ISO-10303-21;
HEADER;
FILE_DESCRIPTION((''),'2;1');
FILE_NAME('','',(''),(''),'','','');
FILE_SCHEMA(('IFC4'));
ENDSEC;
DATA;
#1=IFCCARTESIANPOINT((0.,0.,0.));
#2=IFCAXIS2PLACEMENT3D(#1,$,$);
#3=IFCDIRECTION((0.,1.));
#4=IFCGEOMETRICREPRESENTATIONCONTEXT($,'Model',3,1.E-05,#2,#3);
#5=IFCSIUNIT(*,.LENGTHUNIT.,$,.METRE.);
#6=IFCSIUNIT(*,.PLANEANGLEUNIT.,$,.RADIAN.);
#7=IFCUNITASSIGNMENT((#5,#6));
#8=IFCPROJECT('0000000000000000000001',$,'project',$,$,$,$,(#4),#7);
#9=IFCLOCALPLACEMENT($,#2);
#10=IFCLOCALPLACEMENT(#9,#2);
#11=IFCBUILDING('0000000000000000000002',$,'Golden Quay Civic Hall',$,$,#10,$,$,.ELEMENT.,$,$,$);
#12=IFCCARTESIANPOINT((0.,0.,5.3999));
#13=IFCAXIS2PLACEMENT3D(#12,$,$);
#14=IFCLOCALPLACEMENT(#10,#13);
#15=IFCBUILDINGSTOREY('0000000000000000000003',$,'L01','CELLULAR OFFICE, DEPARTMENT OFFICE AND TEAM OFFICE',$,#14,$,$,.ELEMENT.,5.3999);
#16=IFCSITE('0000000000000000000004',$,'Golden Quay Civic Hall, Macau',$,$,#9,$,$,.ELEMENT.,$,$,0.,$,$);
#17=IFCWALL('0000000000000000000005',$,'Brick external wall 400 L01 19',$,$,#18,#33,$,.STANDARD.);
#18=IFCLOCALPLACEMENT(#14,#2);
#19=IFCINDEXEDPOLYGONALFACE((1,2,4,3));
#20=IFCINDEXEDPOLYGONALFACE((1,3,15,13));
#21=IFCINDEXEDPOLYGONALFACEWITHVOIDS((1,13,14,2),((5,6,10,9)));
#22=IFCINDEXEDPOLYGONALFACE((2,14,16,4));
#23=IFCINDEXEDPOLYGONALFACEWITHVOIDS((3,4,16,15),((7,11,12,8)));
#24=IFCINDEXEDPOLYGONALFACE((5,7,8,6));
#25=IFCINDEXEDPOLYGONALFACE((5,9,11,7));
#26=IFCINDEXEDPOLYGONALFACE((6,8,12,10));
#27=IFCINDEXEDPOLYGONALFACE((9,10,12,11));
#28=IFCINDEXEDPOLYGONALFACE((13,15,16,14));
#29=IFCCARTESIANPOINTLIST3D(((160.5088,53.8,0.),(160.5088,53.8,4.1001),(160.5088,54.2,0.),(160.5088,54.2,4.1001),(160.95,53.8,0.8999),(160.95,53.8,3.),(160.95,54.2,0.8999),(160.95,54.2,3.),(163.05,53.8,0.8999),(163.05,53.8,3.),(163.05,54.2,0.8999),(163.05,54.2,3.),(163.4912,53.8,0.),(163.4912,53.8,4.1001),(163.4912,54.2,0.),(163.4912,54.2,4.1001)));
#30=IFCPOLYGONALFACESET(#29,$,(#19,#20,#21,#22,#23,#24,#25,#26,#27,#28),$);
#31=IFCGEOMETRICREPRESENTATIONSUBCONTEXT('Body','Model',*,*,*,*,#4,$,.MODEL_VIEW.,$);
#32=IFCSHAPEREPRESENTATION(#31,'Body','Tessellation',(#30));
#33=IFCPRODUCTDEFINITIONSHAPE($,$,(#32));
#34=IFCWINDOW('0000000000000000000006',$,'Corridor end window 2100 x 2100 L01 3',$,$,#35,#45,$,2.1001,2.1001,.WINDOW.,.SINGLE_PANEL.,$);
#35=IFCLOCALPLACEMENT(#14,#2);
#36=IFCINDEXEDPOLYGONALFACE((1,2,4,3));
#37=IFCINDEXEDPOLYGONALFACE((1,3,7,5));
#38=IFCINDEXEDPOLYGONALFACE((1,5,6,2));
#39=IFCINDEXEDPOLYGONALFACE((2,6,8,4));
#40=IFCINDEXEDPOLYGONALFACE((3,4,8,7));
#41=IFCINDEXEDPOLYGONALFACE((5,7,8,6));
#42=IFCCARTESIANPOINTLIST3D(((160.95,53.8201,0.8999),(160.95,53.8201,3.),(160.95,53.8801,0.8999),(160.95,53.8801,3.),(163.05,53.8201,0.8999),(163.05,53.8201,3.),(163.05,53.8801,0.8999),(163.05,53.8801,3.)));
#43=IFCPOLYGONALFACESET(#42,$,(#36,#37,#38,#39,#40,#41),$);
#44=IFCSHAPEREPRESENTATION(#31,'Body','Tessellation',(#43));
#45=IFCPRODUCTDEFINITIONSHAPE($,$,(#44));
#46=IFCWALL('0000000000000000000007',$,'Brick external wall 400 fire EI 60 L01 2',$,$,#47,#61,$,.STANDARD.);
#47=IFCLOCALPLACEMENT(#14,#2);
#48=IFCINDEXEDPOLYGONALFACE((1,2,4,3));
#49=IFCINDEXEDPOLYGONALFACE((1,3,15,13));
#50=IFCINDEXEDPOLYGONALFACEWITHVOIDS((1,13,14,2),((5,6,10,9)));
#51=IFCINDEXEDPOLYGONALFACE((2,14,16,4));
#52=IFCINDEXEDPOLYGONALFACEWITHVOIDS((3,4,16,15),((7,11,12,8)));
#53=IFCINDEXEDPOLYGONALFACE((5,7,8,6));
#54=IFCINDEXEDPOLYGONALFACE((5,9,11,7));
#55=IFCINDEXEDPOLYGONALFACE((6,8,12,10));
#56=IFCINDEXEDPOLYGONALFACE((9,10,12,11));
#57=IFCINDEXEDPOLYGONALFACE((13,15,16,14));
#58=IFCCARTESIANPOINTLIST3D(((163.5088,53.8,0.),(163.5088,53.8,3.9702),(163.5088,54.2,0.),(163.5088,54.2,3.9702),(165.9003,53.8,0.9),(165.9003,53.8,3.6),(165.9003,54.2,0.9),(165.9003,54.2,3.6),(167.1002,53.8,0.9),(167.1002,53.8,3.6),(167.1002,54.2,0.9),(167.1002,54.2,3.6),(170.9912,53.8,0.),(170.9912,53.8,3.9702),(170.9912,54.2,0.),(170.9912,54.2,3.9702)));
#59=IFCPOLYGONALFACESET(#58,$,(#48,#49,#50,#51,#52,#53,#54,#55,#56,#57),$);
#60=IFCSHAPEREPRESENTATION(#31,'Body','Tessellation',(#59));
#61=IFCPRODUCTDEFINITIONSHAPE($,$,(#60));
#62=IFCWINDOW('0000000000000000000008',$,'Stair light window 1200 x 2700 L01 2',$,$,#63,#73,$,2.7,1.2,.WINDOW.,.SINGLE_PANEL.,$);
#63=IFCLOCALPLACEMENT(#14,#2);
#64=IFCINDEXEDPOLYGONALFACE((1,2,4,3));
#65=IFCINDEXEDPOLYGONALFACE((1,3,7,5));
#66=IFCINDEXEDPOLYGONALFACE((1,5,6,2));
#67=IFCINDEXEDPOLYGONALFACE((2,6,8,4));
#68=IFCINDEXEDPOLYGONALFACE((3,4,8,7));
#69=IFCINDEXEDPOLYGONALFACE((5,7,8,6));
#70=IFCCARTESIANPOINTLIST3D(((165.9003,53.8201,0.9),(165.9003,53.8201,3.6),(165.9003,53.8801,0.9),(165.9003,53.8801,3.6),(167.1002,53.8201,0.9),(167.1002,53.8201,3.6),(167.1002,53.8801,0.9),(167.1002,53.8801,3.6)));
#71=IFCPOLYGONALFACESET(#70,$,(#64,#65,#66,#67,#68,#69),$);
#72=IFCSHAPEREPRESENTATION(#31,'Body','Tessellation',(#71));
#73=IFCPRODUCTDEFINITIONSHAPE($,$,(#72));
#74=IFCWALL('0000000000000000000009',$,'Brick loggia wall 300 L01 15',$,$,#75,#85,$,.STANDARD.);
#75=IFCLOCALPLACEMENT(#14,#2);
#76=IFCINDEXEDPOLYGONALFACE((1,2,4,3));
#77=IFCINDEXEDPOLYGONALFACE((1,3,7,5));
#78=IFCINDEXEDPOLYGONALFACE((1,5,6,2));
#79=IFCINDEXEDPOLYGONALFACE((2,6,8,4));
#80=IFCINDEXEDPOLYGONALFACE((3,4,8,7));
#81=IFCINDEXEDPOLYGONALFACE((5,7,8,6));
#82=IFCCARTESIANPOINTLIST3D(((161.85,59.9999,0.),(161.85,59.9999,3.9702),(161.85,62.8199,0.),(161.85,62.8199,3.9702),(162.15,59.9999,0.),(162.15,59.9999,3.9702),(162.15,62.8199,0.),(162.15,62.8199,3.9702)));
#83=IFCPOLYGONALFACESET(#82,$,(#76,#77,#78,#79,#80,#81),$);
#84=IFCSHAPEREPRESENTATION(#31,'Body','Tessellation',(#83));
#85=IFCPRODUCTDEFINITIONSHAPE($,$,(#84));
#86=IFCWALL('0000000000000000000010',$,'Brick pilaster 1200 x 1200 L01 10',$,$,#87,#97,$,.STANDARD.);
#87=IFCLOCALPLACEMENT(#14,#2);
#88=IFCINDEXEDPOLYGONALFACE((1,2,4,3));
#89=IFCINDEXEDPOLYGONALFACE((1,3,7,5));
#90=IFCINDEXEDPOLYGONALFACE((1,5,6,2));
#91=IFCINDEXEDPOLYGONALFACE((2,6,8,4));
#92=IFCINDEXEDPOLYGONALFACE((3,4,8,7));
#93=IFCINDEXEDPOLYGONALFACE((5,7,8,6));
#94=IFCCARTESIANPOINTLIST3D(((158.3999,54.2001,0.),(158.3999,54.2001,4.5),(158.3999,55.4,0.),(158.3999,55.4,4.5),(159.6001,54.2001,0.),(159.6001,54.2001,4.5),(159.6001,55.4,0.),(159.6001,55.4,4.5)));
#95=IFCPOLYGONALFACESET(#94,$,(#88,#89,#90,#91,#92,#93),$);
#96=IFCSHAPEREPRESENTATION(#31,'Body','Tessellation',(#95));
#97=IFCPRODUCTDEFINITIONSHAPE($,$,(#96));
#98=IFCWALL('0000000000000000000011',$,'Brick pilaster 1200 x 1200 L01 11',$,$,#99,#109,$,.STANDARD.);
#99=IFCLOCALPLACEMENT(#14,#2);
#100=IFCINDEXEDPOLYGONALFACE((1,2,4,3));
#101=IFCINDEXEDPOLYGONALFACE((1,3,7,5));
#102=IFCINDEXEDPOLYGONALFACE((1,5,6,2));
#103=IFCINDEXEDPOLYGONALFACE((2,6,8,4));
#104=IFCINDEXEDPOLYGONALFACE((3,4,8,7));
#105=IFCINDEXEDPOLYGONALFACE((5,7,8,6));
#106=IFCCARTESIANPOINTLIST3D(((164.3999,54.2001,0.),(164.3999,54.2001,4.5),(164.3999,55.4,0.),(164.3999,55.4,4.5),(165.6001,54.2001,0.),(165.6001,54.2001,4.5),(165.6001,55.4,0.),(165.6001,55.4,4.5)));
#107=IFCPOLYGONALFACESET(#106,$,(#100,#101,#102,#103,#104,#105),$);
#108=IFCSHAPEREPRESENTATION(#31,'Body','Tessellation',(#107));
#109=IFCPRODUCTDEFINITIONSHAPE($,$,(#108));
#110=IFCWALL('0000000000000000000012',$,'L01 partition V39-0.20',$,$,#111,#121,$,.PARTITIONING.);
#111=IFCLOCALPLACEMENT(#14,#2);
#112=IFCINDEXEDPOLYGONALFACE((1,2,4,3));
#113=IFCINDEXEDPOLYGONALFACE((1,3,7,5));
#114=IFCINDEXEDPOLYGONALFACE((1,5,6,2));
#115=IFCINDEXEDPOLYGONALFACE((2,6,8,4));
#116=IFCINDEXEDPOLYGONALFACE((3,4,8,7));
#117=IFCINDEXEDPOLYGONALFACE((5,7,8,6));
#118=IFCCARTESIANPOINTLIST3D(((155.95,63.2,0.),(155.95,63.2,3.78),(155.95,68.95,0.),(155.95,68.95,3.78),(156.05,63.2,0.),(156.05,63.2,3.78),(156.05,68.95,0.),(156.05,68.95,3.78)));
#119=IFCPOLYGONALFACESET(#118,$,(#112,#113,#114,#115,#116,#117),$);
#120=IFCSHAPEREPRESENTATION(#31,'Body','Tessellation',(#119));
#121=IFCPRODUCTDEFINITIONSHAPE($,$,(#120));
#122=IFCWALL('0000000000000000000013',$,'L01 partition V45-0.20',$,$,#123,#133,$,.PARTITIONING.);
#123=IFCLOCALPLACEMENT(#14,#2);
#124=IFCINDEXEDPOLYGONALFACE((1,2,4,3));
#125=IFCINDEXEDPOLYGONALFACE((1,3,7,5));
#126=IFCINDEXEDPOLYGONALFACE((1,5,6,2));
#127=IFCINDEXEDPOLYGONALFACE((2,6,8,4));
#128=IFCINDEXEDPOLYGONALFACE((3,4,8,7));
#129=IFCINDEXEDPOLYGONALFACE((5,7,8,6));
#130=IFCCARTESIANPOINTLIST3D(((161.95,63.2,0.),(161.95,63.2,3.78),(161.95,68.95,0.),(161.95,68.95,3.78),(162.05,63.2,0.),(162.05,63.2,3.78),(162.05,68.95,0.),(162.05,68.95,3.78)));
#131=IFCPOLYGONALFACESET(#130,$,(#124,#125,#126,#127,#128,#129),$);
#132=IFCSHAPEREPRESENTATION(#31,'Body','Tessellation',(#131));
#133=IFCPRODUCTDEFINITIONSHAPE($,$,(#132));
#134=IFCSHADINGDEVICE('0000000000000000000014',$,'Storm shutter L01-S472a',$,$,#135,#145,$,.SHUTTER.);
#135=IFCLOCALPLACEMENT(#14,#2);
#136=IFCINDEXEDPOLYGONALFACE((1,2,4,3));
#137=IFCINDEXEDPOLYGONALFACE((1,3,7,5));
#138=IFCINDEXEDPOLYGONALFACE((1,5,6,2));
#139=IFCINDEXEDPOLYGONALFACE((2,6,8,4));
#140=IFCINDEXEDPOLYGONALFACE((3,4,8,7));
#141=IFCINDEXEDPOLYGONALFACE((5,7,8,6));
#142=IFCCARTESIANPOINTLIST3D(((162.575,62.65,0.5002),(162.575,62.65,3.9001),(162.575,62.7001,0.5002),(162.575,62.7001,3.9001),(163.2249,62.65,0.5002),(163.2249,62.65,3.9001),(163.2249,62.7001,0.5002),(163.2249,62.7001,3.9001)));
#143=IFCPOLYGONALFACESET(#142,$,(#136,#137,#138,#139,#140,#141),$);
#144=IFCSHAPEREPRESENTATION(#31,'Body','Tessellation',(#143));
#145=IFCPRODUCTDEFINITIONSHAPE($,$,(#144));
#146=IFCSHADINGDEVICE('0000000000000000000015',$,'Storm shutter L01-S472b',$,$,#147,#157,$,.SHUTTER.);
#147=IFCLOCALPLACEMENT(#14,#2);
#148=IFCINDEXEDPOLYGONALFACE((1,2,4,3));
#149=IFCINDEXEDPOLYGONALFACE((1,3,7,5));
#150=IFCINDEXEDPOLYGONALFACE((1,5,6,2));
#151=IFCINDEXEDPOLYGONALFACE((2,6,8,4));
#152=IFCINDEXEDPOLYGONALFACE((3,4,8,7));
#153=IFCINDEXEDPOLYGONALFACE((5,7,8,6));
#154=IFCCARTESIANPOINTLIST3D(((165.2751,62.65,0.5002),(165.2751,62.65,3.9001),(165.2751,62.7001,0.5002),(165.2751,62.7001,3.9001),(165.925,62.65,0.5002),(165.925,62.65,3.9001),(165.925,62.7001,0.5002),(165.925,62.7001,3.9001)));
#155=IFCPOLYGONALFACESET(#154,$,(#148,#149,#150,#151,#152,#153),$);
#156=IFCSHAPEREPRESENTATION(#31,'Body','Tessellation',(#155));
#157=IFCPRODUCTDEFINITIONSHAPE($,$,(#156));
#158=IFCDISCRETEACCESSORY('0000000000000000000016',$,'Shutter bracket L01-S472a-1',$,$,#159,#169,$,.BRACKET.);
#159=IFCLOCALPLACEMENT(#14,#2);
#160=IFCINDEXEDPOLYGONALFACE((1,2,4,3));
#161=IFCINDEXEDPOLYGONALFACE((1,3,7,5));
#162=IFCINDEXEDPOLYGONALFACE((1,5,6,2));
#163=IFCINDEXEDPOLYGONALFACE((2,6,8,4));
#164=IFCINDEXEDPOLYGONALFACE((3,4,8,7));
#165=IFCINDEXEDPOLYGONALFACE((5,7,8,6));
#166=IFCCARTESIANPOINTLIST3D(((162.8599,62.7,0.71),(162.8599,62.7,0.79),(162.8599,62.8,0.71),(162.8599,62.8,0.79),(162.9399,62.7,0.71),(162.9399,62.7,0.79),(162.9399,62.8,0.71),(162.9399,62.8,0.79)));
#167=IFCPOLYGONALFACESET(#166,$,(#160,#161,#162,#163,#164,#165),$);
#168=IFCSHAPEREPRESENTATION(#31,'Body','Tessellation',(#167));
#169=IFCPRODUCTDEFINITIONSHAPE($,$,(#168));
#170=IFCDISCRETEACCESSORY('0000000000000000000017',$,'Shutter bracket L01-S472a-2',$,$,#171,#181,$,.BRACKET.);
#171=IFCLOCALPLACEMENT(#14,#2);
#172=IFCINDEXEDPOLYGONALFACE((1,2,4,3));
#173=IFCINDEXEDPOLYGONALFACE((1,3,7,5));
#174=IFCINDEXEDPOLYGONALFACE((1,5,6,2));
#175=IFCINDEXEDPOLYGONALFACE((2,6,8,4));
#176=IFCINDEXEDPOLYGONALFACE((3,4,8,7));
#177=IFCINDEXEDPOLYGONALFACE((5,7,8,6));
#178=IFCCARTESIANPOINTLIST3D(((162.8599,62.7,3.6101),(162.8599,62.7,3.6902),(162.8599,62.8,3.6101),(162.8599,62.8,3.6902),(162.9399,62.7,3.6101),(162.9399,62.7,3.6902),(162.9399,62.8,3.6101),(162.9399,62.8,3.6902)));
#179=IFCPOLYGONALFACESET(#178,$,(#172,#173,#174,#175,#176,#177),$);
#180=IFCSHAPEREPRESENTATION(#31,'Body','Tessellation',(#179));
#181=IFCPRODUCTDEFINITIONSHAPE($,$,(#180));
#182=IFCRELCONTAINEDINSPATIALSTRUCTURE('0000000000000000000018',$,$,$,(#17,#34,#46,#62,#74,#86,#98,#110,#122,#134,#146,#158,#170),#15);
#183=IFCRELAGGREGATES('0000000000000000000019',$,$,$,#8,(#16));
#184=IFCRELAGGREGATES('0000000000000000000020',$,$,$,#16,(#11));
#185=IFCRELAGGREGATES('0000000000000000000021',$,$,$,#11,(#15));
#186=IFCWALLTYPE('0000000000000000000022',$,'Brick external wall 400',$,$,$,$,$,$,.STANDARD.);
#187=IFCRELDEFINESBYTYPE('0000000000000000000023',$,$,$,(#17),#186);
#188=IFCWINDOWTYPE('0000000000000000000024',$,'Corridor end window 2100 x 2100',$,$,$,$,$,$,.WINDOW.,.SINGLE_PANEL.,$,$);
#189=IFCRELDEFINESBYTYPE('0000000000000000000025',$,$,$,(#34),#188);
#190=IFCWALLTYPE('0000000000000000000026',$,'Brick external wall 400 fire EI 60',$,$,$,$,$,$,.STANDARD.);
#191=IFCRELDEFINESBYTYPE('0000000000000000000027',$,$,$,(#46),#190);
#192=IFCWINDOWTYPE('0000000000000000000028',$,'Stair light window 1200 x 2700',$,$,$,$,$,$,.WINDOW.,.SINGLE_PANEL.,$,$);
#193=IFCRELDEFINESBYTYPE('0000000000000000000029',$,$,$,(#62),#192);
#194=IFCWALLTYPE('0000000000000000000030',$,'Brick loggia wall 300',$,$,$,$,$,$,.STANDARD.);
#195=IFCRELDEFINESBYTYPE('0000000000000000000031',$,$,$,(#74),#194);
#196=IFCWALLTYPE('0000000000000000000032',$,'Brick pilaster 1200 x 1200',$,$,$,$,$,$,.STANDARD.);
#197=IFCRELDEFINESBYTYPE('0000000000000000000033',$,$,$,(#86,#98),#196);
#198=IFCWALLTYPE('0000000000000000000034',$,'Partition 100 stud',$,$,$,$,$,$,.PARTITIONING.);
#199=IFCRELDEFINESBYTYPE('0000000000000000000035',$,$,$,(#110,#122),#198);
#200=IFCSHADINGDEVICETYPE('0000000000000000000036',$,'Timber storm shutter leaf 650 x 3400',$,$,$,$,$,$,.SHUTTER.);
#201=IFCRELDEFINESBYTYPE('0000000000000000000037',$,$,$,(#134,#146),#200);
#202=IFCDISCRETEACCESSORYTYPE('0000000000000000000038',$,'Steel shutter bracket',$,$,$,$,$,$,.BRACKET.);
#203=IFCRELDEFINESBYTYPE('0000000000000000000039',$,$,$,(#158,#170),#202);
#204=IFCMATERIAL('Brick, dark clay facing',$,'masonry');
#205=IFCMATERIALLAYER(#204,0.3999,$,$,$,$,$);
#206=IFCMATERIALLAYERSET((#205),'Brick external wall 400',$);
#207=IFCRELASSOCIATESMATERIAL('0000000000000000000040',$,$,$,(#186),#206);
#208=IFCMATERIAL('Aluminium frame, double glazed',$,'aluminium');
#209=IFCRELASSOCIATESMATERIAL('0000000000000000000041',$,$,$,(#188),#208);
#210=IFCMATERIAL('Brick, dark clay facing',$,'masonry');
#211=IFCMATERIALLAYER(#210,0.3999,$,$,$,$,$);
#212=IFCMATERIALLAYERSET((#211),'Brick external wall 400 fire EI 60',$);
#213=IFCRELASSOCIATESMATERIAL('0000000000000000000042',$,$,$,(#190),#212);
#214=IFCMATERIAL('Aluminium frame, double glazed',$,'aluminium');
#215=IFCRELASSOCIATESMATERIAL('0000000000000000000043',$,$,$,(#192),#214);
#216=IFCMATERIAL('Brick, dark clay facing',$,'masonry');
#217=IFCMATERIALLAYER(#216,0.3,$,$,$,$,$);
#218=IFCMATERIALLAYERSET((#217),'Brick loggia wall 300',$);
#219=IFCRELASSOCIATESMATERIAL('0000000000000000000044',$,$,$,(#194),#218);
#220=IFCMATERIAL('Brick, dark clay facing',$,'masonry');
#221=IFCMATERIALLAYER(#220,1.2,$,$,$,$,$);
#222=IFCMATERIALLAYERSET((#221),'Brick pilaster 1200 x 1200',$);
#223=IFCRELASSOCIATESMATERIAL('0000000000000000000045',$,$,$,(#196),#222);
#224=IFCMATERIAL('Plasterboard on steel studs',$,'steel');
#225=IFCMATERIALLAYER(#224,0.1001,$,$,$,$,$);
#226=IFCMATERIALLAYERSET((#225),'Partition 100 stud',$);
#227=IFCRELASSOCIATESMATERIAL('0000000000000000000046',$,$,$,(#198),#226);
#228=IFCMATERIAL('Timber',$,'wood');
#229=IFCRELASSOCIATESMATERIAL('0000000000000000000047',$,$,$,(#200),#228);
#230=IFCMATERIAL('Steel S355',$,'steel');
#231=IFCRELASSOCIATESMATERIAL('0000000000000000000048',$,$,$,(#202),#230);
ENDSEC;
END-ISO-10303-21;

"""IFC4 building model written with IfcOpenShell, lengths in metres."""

from ifc_helpers import new_model, si_unit, direction, frame, frame_2d, origin, origin_2d, place, context, subcontext, project, spatial, rectangle, extrude, material, layer, layer_set, type_object, element, fill, save


model = new_model("IFC4")

# Units and contexts
model_context = context("Model", 3, precision=1e-05, world=origin(), true_north=direction((0.0, 1.0)))
body_context = subcontext(model_context, "Body", "Model", "MODEL_VIEW")
ifc_project = project(units=[si_unit("LENGTHUNIT", "METRE"), si_unit("PLANEANGLEUNIT", "RADIAN")], contexts=[model_context])

# Site, building, storey
site_placement = place(None, origin())
site = spatial("IfcSite", under=ifc_project, at=site_placement, Name="Golden Quay Civic Hall, Macau", CompositionType="ELEMENT", RefElevation=0.0)
building_placement = place(site_placement, origin())
building = spatial("IfcBuilding", under=site, at=building_placement, Name="Golden Quay Civic Hall", CompositionType="ELEMENT")
storey_placement = place(building_placement, frame((0.0, 0.0, 5.3999)))
storey = spatial("IfcBuildingStorey", under=building, at=storey_placement, Name="L01", Description="CELLULAR OFFICE, DEPARTMENT OFFICE AND TEAM OFFICE", CompositionType="ELEMENT", Elevation=5.3999)

# Walls, openings, windows
ifc_material_1 = material(Name="Brick, dark clay facing", Category="masonry")
ifc_layer_1 = layer(ifc_material_1, 0.3999)
ifc_layer_set_1 = layer_set([ifc_layer_1], Name="Brick external wall 400")
wall_type_1 = type_object("IfcWallType", Name="Brick external wall 400", PredefinedType="STANDARD", material=ifc_layer_set_1)
wall_1_placement = place(storey_placement, frame((160.5088, 54.0, 0.0), z_axis=(0.0, 0.0, 1.0), x_axis=(1.0, 0.0, 0.0)))
wall_1 = element("IfcWall", 1, at=wall_1_placement, inside=storey, type_object=wall_type_1, Name="Brick external wall 400 L01 19", PredefinedType="STANDARD", context=body_context, shape_type="SweptSolid", body=[
    extrude(rectangle(XDim=2.9824, YDim=0.3999, at=frame_2d((1.4912, 0.0))), origin(), (0.0, 0.0, 1.0), 4.1001),
])
opening_1_placement = place(wall_1_placement, frame((0.4412, 0.0, 0.8999)))
opening_1 = element("IfcOpeningElement", 2, at=opening_1_placement, cuts=wall_1, PredefinedType="OPENING", context=body_context, shape_type="SweptSolid", body=[
    extrude(rectangle(XDim=2.1001, YDim=2.1001, at=frame_2d((1.05, 1.05))), frame((0.0, 0.21, 0.0), z_axis=(0.0, -1.0, 0.0), x_axis=(1.0, 0.0, 0.0)), (0.0, 0.0, 1.0), 0.4199),
])
ifc_material_2 = material(Name="Aluminium frame, double glazed", Category="aluminium")
window_type_1 = type_object("IfcWindowType", Name="Corridor end window 2100 x 2100", PartitioningType="SINGLE_PANEL", PredefinedType="WINDOW", material=ifc_material_2)
window_1_placement = place(opening_1_placement, origin())
window_1 = element("IfcWindow", 3, at=window_1_placement, inside=storey, type_object=window_type_1, Name="Corridor end window 2100 x 2100 L01 3", OverallHeight=2.1001, OverallWidth=2.1001, PartitioningType="SINGLE_PANEL", PredefinedType="WINDOW", context=body_context, shape_type="SweptSolid", body=[
    extrude(rectangle(XDim=2.1001, YDim=2.1001, at=frame_2d((1.05, 1.05))), frame((0.0, -0.1199, 0.0), z_axis=(0.0, -1.0, 0.0), x_axis=(1.0, 0.0, 0.0)), (0.0, 0.0, 1.0), 0.0601),
])
fill(opening_1, window_1)
ifc_material_3 = material(Name="Brick, dark clay facing", Category="masonry")
ifc_layer_2 = layer(ifc_material_3, 0.3999)
ifc_layer_set_2 = layer_set([ifc_layer_2], Name="Brick external wall 400 fire EI 60")
wall_type_2 = type_object("IfcWallType", Name="Brick external wall 400 fire EI 60", PredefinedType="STANDARD", material=ifc_layer_set_2)
wall_2_placement = place(storey_placement, frame((163.5088, 54.0, 0.0), z_axis=(0.0, 0.0, 1.0), x_axis=(1.0, 0.0, 0.0)))
wall_2 = element("IfcWall", 4, at=wall_2_placement, inside=storey, type_object=wall_type_2, Name="Brick external wall 400 fire EI 60 L01 2", PredefinedType="STANDARD", context=body_context, shape_type="SweptSolid", body=[
    extrude(rectangle(XDim=7.4824, YDim=0.3999, at=frame_2d((3.7412, 0.0))), origin(), (0.0, 0.0, 1.0), 3.9702),
])
opening_2_placement = place(wall_2_placement, frame((2.3914, 0.0, 0.8999)))
opening_2 = element("IfcOpeningElement", 5, at=opening_2_placement, cuts=wall_2, PredefinedType="OPENING", context=body_context, shape_type="SweptSolid", body=[
    extrude(rectangle(XDim=1.2, YDim=2.7, at=frame_2d((0.6001, 1.3501))), frame((0.0, 0.21, 0.0), z_axis=(0.0, -1.0, 0.0), x_axis=(1.0, 0.0, 0.0)), (0.0, 0.0, 1.0), 0.4199),
])
ifc_material_4 = material(Name="Aluminium frame, double glazed", Category="aluminium")
window_type_2 = type_object("IfcWindowType", Name="Stair light window 1200 x 2700", PartitioningType="SINGLE_PANEL", PredefinedType="WINDOW", material=ifc_material_4)
window_2_placement = place(opening_2_placement, origin())
window_2 = element("IfcWindow", 6, at=window_2_placement, inside=storey, type_object=window_type_2, Name="Stair light window 1200 x 2700 L01 2", OverallHeight=2.7, OverallWidth=1.2, PartitioningType="SINGLE_PANEL", PredefinedType="WINDOW", context=body_context, shape_type="SweptSolid", body=[
    extrude(rectangle(XDim=1.2, YDim=2.7, at=frame_2d((0.6001, 1.3501))), frame((0.0, -0.1199, 0.0), z_axis=(0.0, -1.0, 0.0), x_axis=(1.0, 0.0, 0.0)), (0.0, 0.0, 1.0), 0.0601),
])
fill(opening_2, window_2)

# Walls
ifc_material_5 = material(Name="Brick, dark clay facing", Category="masonry")
ifc_layer_3 = layer(ifc_material_5, 0.3)
ifc_layer_set_3 = layer_set([ifc_layer_3], Name="Brick loggia wall 300")
wall_type_3 = type_object("IfcWallType", Name="Brick loggia wall 300", PredefinedType="STANDARD", material=ifc_layer_set_3)
wall_3_placement = place(storey_placement, frame((162.0, 62.8201, 0.0), z_axis=(0.0, 0.0, 1.0), x_axis=(0.0, -1.0, 0.0)))
element("IfcWall", 7, at=wall_3_placement, inside=storey, type_object=wall_type_3, Name="Brick loggia wall 300 L01 15", PredefinedType="STANDARD", context=body_context, shape_type="SweptSolid", body=[
    extrude(rectangle(XDim=2.8201, YDim=0.3, at=frame_2d((1.4102, 0.0))), origin(), (0.0, 0.0, 1.0), 3.9702),
])
ifc_material_6 = material(Name="Brick, dark clay facing", Category="masonry")
ifc_layer_4 = layer(ifc_material_6, 1.2)
ifc_layer_set_4 = layer_set([ifc_layer_4], Name="Brick pilaster 1200 x 1200")
wall_type_4 = type_object("IfcWallType", Name="Brick pilaster 1200 x 1200", PredefinedType="STANDARD", material=ifc_layer_set_4)
for number, where, z_axis, x_axis, name in (
    (8, (158.3999, 54.8, 0.0), (0.0, 0.0, 1.0), (1.0, 0.0, 0.0), "Brick pilaster 1200 x 1200 L01 10"),
    (9, (164.3999, 54.8, 0.0), (0.0, 0.0, 1.0), (1.0, 0.0, 0.0), "Brick pilaster 1200 x 1200 L01 11"),
):
    element("IfcWall", number, at=place(storey_placement, frame(where, z_axis=z_axis, x_axis=x_axis)), inside=storey, type_object=wall_type_4, Name=name, PredefinedType="STANDARD", context=body_context, shape_type="SweptSolid", body=[
        extrude(rectangle(XDim=1.2002, YDim=1.2, at=frame_2d((0.6001, 0.0))), origin(), (0.0, 0.0, 1.0), 4.5),
    ])
ifc_material_7 = material(Name="Plasterboard on steel studs", Category="steel")
ifc_layer_5 = layer(ifc_material_7, 0.1001)
ifc_layer_set_5 = layer_set([ifc_layer_5], Name="Partition 100 stud")
wall_type_5 = type_object("IfcWallType", Name="Partition 100 stud", PredefinedType="PARTITIONING", material=ifc_layer_set_5)
for number, where, z_axis, x_axis, name in (
    (10, (156.0, 63.2, 0.0), (0.0, 0.0, 1.0), (0.0, 1.0, 0.0), "L01 partition V39-0.20"),
    (11, (162.0, 63.2, 0.0), (0.0, 0.0, 1.0), (0.0, 1.0, 0.0), "L01 partition V45-0.20"),
):
    element("IfcWall", number, at=place(storey_placement, frame(where, z_axis=z_axis, x_axis=x_axis)), inside=storey, type_object=wall_type_5, Name=name, PredefinedType="PARTITIONING", context=body_context, shape_type="SweptSolid", body=[
        extrude(rectangle(XDim=5.75, YDim=0.1001, at=frame_2d((2.875, 0.0))), origin(), (0.0, 0.0, 1.0), 3.78),
    ])

# Shading devices
ifc_material_8 = material(Name="Timber", Category="wood")
shading_device_type = type_object("IfcShadingDeviceType", Name="Timber storm shutter leaf 650 x 3400", PredefinedType="SHUTTER", material=ifc_material_8)
for number, where, z_axis, x_axis, name in (
    (12, (162.8999, 62.675, 0.5002), (0.0, 0.0, 1.0), (1.0, 0.0, 0.0), "Storm shutter L01-S472a"),
    (13, (165.6001, 62.675, 0.5002), (0.0, 0.0, 1.0), (1.0, 0.0, 0.0), "Storm shutter L01-S472b"),
):
    element("IfcShadingDevice", number, at=place(storey_placement, frame(where, z_axis=z_axis, x_axis=x_axis)), inside=storey, type_object=shading_device_type, Name=name, PredefinedType="SHUTTER", context=body_context, shape_type="SweptSolid", body=[
        extrude(rectangle(XDim=0.6499, YDim=0.05, at=origin_2d()), origin(), (0.0, 0.0, 1.0), 3.3999),
    ])

# Discrete accessories
ifc_material_9 = material(Name="Steel S355", Category="steel")
discrete_accessory_type = type_object("IfcDiscreteAccessoryType", Name="Steel shutter bracket", PredefinedType="BRACKET", material=ifc_material_9)
for number, where, z_axis, x_axis, name in (
    (14, (162.8999, 62.75, 0.71), (0.0, 0.0, 1.0), (1.0, 0.0, 0.0), "Shutter bracket L01-S472a-1"),
    (15, (162.8999, 62.75, 3.6101), (0.0, 0.0, 1.0), (1.0, 0.0, 0.0), "Shutter bracket L01-S472a-2"),
):
    element("IfcDiscreteAccessory", number, at=place(storey_placement, frame(where, z_axis=z_axis, x_axis=x_axis)), inside=storey, type_object=discrete_accessory_type, Name=name, PredefinedType="BRACKET", context=body_context, shape_type="SweptSolid", body=[
        extrude(rectangle(XDim=0.0801, YDim=0.1001, at=origin_2d()), origin(), (0.0, 0.0, 1.0), 0.0801),
    ])

save(model, "model.ifc")
